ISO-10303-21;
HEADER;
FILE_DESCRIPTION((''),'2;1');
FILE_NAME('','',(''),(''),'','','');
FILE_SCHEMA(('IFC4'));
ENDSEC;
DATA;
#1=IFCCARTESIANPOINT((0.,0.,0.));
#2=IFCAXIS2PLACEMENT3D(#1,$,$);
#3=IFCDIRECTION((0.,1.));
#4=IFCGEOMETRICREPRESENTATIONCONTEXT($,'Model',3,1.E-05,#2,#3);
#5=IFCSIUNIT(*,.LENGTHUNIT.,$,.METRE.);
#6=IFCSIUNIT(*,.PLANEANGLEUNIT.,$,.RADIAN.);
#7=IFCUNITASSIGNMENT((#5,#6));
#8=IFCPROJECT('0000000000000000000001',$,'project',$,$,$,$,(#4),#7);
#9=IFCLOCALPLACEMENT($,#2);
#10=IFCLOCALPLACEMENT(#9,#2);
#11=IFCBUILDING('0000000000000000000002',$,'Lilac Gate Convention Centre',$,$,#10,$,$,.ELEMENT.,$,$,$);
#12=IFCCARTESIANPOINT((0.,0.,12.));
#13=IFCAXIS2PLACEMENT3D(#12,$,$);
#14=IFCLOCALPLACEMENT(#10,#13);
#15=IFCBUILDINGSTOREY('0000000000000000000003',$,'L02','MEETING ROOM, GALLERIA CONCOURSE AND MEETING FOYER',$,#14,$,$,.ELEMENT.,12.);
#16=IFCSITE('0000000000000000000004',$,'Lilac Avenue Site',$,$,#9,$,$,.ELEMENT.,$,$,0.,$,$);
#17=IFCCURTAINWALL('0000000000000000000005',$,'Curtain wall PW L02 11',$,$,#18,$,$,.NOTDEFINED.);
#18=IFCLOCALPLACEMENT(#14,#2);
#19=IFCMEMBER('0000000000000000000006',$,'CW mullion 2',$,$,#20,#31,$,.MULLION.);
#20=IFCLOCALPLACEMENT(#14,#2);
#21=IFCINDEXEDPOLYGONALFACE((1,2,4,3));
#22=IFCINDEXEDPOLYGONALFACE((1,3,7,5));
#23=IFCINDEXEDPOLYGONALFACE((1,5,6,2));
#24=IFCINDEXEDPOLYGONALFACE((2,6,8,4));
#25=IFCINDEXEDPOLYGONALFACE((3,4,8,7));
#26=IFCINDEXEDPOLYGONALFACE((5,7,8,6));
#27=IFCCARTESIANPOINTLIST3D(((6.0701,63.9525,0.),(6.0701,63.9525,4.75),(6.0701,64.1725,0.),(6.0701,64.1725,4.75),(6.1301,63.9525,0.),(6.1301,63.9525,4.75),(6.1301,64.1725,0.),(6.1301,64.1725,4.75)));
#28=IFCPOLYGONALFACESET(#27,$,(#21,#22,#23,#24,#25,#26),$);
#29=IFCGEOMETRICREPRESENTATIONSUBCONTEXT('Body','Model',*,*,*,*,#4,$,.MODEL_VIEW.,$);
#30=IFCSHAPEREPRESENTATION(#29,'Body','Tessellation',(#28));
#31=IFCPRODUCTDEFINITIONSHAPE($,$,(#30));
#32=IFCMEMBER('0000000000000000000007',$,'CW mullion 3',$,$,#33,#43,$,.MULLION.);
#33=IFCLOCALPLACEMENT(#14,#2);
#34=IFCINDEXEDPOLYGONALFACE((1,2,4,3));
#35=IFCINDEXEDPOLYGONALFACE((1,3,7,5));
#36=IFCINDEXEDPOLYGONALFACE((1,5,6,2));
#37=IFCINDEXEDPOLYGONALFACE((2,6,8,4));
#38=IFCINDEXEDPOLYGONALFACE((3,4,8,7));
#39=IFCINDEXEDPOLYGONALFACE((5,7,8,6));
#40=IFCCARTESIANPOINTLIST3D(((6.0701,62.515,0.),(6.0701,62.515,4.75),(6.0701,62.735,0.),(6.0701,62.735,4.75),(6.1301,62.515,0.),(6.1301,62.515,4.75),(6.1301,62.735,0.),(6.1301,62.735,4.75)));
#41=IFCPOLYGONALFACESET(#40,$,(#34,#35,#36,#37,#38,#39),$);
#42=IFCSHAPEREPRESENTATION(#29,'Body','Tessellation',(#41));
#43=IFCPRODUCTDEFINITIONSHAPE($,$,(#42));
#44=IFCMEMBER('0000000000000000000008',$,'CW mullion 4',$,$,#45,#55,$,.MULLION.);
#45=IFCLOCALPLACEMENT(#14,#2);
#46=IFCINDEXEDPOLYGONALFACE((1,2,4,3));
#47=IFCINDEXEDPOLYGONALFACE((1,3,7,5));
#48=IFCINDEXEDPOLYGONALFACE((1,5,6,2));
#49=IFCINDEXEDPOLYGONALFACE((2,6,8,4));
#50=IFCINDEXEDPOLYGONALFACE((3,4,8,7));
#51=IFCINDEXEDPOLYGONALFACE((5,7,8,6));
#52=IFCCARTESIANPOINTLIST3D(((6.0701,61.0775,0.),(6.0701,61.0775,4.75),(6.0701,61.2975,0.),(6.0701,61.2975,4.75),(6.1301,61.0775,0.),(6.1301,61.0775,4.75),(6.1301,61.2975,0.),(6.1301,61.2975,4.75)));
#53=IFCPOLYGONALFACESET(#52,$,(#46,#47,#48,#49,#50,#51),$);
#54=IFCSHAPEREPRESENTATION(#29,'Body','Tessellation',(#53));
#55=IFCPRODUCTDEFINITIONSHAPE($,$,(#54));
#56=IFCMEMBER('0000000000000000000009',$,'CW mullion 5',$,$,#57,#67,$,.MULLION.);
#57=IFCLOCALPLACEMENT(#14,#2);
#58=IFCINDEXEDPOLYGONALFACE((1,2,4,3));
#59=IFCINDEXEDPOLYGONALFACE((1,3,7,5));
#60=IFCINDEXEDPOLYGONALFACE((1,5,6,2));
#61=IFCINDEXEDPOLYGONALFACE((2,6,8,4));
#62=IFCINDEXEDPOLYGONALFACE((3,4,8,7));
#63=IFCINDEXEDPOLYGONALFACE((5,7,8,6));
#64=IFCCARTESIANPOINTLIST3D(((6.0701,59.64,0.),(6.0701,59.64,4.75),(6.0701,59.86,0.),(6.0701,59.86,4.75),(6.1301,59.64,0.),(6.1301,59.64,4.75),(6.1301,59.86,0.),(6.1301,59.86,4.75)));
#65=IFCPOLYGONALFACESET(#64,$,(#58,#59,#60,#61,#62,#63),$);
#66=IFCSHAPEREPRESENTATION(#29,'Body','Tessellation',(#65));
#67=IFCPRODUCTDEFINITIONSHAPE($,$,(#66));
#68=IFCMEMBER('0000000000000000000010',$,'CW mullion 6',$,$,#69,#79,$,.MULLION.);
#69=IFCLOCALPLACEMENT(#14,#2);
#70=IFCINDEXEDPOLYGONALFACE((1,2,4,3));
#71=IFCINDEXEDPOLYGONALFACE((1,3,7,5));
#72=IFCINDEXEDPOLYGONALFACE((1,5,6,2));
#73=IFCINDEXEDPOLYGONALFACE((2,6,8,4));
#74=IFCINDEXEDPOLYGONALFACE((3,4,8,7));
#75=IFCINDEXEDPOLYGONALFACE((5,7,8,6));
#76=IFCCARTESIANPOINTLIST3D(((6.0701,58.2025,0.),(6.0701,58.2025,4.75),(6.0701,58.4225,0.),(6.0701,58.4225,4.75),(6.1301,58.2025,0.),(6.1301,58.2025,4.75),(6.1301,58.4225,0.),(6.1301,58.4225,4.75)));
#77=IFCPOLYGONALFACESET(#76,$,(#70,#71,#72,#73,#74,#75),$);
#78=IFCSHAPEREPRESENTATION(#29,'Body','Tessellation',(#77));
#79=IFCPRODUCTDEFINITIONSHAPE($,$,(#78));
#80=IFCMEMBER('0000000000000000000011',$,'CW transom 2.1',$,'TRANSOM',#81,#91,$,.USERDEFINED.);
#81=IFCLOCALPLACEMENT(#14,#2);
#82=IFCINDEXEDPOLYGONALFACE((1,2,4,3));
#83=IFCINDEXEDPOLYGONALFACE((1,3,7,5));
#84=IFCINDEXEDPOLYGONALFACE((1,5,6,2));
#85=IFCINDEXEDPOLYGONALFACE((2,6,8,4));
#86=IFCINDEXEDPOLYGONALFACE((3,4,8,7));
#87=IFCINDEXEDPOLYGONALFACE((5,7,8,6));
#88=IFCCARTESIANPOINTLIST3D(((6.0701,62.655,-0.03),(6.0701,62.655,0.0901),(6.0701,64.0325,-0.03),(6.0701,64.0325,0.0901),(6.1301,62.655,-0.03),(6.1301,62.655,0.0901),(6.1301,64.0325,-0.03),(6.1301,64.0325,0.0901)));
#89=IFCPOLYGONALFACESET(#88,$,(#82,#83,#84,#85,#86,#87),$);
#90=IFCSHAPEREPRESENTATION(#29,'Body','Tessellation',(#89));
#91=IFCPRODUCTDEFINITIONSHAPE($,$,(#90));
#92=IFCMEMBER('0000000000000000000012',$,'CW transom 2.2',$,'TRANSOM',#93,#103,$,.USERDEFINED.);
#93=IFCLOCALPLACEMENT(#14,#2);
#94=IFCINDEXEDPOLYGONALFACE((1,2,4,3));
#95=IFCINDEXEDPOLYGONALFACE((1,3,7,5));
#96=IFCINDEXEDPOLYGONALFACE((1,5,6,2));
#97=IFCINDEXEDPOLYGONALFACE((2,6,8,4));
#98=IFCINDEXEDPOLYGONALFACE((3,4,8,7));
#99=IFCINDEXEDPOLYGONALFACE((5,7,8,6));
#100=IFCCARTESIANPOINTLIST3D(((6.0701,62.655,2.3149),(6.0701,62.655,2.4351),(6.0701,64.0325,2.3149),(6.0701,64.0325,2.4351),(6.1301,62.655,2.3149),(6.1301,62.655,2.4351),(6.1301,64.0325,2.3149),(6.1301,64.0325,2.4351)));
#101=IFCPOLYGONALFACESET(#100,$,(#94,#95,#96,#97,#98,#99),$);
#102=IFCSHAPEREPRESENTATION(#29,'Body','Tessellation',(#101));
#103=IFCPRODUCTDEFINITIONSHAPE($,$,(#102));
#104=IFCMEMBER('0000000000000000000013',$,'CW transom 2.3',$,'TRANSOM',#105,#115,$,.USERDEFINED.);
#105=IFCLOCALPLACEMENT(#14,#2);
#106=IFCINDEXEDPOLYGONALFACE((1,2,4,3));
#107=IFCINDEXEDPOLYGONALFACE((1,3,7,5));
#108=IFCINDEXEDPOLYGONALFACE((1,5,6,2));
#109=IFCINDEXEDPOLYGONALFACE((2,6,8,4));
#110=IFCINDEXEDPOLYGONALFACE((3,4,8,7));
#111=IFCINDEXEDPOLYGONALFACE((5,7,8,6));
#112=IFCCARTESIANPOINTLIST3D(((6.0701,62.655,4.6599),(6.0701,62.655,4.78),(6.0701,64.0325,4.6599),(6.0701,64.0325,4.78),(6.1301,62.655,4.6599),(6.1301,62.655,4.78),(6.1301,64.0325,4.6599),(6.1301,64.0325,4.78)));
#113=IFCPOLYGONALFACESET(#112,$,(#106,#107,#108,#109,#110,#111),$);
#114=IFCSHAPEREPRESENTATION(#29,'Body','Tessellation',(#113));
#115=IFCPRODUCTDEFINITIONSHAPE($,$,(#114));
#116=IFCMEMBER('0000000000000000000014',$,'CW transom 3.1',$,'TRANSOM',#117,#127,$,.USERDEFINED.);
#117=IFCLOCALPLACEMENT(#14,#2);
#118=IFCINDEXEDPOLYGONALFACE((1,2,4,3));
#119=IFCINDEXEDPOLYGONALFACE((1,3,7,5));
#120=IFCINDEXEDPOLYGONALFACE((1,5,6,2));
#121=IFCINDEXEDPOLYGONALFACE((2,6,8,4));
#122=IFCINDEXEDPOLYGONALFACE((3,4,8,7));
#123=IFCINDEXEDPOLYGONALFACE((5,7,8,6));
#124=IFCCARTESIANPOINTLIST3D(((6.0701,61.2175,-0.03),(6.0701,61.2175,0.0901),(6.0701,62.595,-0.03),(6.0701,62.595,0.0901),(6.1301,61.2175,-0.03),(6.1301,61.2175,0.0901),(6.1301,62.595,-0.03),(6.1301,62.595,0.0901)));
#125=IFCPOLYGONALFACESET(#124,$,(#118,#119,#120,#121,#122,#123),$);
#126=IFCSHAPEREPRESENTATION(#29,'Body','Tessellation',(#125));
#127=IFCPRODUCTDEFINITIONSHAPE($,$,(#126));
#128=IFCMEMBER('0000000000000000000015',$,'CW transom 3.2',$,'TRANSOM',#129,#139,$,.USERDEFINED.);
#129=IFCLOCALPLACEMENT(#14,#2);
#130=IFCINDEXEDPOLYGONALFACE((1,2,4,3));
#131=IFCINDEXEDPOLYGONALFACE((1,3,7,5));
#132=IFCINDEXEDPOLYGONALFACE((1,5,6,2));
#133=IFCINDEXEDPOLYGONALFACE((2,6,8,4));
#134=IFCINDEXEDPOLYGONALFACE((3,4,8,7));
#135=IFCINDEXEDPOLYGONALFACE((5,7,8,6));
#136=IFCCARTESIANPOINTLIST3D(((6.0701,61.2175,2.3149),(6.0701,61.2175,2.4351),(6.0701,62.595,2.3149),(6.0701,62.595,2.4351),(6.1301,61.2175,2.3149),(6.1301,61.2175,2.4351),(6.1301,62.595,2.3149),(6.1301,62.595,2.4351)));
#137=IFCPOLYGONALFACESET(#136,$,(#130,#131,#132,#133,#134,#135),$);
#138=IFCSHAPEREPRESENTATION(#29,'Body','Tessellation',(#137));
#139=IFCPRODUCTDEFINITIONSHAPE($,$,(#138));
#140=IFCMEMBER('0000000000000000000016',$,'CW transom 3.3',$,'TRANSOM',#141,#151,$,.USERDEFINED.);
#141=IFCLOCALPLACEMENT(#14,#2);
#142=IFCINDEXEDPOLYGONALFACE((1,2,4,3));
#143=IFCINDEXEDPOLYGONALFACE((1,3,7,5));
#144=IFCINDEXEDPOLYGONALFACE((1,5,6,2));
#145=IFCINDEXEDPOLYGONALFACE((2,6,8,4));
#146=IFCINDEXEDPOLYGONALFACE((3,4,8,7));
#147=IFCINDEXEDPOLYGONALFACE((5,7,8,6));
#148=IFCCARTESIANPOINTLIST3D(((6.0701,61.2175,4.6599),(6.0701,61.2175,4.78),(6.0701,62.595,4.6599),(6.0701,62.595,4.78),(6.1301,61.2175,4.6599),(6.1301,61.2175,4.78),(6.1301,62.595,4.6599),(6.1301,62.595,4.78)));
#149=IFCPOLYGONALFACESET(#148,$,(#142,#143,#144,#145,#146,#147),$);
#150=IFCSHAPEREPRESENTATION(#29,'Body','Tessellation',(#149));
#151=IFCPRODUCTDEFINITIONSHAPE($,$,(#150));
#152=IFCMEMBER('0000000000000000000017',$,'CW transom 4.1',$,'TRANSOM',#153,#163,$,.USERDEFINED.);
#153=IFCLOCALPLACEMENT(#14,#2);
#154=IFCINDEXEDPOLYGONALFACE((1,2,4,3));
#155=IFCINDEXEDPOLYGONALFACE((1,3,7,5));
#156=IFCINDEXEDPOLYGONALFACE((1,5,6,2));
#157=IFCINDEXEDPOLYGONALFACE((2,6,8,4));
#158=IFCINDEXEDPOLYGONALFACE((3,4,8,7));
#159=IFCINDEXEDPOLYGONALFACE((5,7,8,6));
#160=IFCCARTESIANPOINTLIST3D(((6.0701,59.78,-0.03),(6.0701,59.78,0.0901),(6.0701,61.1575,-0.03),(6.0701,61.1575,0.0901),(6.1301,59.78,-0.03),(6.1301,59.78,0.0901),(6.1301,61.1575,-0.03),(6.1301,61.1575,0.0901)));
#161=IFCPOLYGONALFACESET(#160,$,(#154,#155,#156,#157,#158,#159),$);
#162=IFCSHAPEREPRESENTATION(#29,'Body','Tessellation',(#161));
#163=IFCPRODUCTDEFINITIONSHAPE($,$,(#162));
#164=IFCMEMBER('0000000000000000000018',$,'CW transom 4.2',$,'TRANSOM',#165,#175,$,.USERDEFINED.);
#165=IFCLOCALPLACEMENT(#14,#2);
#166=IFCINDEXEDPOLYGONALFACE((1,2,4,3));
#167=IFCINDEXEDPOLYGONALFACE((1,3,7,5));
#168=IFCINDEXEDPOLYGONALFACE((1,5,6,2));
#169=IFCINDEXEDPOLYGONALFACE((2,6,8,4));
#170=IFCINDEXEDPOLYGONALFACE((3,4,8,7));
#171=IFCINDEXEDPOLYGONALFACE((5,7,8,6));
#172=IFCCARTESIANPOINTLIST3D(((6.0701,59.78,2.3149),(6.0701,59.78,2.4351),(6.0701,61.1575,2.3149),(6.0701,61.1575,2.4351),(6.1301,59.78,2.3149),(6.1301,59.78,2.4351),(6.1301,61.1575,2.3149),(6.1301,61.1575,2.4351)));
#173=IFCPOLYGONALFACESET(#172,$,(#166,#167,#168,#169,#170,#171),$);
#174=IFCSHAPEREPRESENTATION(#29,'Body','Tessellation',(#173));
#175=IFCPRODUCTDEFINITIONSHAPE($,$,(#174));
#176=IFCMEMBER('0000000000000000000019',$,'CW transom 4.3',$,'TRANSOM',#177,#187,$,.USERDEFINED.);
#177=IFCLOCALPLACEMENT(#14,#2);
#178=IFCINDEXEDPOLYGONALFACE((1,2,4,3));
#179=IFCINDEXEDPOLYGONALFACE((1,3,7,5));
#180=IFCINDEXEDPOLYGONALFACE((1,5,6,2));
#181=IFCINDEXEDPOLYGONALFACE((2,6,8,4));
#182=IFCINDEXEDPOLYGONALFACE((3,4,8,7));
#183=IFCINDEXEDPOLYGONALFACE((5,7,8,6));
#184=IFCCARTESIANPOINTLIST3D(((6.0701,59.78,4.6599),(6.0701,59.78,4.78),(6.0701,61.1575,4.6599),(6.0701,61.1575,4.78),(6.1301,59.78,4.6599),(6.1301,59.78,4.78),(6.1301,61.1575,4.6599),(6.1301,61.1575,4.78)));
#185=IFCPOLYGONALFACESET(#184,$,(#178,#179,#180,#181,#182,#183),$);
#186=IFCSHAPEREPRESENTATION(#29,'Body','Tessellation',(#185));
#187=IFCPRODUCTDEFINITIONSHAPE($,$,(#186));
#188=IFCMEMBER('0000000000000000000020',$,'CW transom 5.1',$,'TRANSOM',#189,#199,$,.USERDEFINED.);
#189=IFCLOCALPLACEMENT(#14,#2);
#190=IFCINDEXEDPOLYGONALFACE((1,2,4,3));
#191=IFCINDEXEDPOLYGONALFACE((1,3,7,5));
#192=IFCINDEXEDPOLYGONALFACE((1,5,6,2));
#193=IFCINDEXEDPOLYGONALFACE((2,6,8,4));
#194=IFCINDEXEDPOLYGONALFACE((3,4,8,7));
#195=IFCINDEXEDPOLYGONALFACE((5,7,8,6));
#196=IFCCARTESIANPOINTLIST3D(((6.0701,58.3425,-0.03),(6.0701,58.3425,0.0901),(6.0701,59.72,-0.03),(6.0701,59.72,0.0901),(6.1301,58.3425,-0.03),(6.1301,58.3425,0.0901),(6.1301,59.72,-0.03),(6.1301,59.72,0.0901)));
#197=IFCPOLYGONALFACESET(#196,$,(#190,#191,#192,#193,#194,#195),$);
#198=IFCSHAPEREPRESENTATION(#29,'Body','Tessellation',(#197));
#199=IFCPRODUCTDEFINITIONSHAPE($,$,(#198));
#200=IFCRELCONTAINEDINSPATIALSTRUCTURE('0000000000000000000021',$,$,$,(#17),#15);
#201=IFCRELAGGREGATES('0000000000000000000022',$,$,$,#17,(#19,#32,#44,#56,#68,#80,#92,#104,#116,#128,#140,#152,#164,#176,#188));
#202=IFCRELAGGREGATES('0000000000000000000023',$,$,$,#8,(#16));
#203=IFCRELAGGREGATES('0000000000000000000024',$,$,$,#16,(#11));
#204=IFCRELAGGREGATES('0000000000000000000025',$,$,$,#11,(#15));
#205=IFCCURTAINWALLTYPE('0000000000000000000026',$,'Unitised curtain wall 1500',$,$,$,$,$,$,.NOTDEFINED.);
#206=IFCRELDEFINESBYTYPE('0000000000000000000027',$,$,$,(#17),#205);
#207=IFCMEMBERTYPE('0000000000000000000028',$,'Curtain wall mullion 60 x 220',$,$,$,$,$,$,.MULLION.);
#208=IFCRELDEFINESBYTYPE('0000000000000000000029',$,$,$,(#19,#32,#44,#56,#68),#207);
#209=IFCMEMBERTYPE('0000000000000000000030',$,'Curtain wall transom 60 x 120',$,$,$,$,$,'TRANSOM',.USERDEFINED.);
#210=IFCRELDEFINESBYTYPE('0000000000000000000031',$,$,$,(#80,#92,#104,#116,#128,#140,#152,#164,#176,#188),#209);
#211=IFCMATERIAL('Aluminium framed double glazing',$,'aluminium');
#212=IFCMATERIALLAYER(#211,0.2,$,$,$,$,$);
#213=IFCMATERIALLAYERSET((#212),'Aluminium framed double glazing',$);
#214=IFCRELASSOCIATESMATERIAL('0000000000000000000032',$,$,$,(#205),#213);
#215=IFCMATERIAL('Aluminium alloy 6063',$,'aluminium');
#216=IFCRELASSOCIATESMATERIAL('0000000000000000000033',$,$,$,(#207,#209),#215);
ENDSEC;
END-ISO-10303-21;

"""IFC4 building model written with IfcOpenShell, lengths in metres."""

from ifc_helpers import new_model, si_unit, direction, frame, origin, origin_2d, place, context, subcontext, project, spatial, rectangle, extrude, material, layer, layer_set, material_profile, profile_set, type_object, element, aggregate, save


model = new_model("IFC4")

# Units and contexts
model_context = context("Model", 3, precision=1e-05, world=origin(), true_north=direction((0.0, 1.0)))
body_context = subcontext(model_context, "Body", "Model", "MODEL_VIEW")
ifc_project = project(units=[si_unit("LENGTHUNIT", "METRE"), si_unit("PLANEANGLEUNIT", "RADIAN")], contexts=[model_context])

# Site, building, storey
site_placement = place(None, origin())
site = spatial("IfcSite", under=ifc_project, at=site_placement, Name="Lilac Avenue Site", CompositionType="ELEMENT", RefElevation=0.0)
building_placement = place(site_placement, origin())
building = spatial("IfcBuilding", under=site, at=building_placement, Name="Lilac Gate Convention Centre", CompositionType="ELEMENT")
storey_placement = place(building_placement, frame((0.0, 0.0, 12.0)))
storey = spatial("IfcBuildingStorey", under=building, at=storey_placement, Name="L02", Description="MEETING ROOM, GALLERIA CONCOURSE AND MEETING FOYER", CompositionType="ELEMENT", Elevation=12.0)

# Curtain wall, members
ifc_material_1 = material(Name="Aluminium framed double glazing", Category="aluminium")
ifc_layer_1 = layer(ifc_material_1, 0.2)
ifc_layer_set_1 = layer_set([ifc_layer_1], Name="Aluminium framed double glazing")
curtain_wall_type = type_object("IfcCurtainWallType", Name="Unitised curtain wall 1500", PredefinedType="NOTDEFINED", material=ifc_layer_set_1)
curtain_wall_placement = place(storey_placement, origin())
curtain_wall = element("IfcCurtainWall", 1, at=curtain_wall_placement, inside=storey, type_object=curtain_wall_type, Name="Curtain wall PW L02 11", PredefinedType="NOTDEFINED")
ifc_material_2 = material(Name="Aluminium alloy 6063", Category="aluminium")
ifc_material_profile_1 = material_profile(ifc_material_2, rectangle(XDim=0.0601, YDim=0.22, at=origin_2d()), Name="Curtain wall mullion 60 x 220")
ifc_profile_set_1 = profile_set([ifc_material_profile_1], Name="Aluminium alloy 6063")
member_type_1 = type_object("IfcMemberType", Name="Curtain wall mullion 60 x 220", PredefinedType="MULLION", material=ifc_profile_set_1)
member_1_placement = place(storey_placement, frame((6.1001, 64.0625, 0.0), z_axis=(0.0, 0.0, 1.0), x_axis=(1.0, 0.0, 0.0)))
member_1 = element("IfcMember", 2, at=member_1_placement, type_object=member_type_1, Name="CW mullion 2", PredefinedType="MULLION", context=body_context, shape_type="SweptSolid", body=[
    extrude(rectangle(XDim=0.0601, YDim=0.22, at=origin_2d()), origin(), (0.0, 0.0, 1.0), 4.75),
])
member_2_placement = place(storey_placement, frame((6.1001, 62.625, 0.0), z_axis=(0.0, 0.0, 1.0), x_axis=(1.0, 0.0, 0.0)))
member_2 = element("IfcMember", 3, at=member_2_placement, type_object=member_type_1, Name="CW mullion 3", PredefinedType="MULLION", context=body_context, shape_type="SweptSolid", body=[
    extrude(rectangle(XDim=0.0601, YDim=0.22, at=origin_2d()), origin(), (0.0, 0.0, 1.0), 4.75),
])
member_3_placement = place(storey_placement, frame((6.1001, 61.1875, 0.0), z_axis=(0.0, 0.0, 1.0), x_axis=(1.0, 0.0, 0.0)))
member_3 = element("IfcMember", 4, at=member_3_placement, type_object=member_type_1, Name="CW mullion 4", PredefinedType="MULLION", context=body_context, shape_type="SweptSolid", body=[
    extrude(rectangle(XDim=0.0601, YDim=0.22, at=origin_2d()), origin(), (0.0, 0.0, 1.0), 4.75),
])
member_4_placement = place(storey_placement, frame((6.1001, 59.75, 0.0), z_axis=(0.0, 0.0, 1.0), x_axis=(1.0, 0.0, 0.0)))
member_4 = element("IfcMember", 5, at=member_4_placement, type_object=member_type_1, Name="CW mullion 5", PredefinedType="MULLION", context=body_context, shape_type="SweptSolid", body=[
    extrude(rectangle(XDim=0.0601, YDim=0.22, at=origin_2d()), origin(), (0.0, 0.0, 1.0), 4.75),
])
member_5_placement = place(storey_placement, frame((6.1001, 58.3125, 0.0), z_axis=(0.0, 0.0, 1.0), x_axis=(1.0, 0.0, 0.0)))
member_5 = element("IfcMember", 6, at=member_5_placement, type_object=member_type_1, Name="CW mullion 6", PredefinedType="MULLION", context=body_context, shape_type="SweptSolid", body=[
    extrude(rectangle(XDim=0.0601, YDim=0.22, at=origin_2d()), origin(), (0.0, 0.0, 1.0), 4.75),
])
ifc_material_profile_2 = material_profile(ifc_material_2, rectangle(XDim=0.0601, YDim=0.1201, at=origin_2d()), Name="Curtain wall transom 60 x 120")
ifc_profile_set_2 = profile_set([ifc_material_profile_2], Name="Aluminium alloy 6063")
member_type_2 = type_object("IfcMemberType", Name="Curtain wall transom 60 x 120", ElementType="TRANSOM", PredefinedType="USERDEFINED", material=ifc_profile_set_2)
member_6_placement = place(storey_placement, frame((6.1001, 64.0325, 0.03), z_axis=(0.0, -1.0, 0.0), x_axis=(1.0, 0.0, 0.0)))
member_6 = element("IfcMember", 7, at=member_6_placement, type_object=member_type_2, Name="CW transom 2.1", ObjectType="TRANSOM", PredefinedType="USERDEFINED", context=body_context, shape_type="SweptSolid", body=[
    extrude(rectangle(XDim=0.0601, YDim=0.1201, at=origin_2d()), origin(), (0.0, 0.0, 1.0), 1.3774),
])
member_7_placement = place(storey_placement, frame((6.1001, 64.0325, 2.375), z_axis=(0.0, -1.0, 0.0), x_axis=(1.0, 0.0, 0.0)))
member_7 = element("IfcMember", 8, at=member_7_placement, type_object=member_type_2, Name="CW transom 2.2", ObjectType="TRANSOM", PredefinedType="USERDEFINED", context=body_context, shape_type="SweptSolid", body=[
    extrude(rectangle(XDim=0.0601, YDim=0.1201, at=origin_2d()), origin(), (0.0, 0.0, 1.0), 1.3774),
])
member_8_placement = place(storey_placement, frame((6.1001, 64.0325, 4.72), z_axis=(0.0, -1.0, 0.0), x_axis=(1.0, 0.0, 0.0)))
member_8 = element("IfcMember", 9, at=member_8_placement, type_object=member_type_2, Name="CW transom 2.3", ObjectType="TRANSOM", PredefinedType="USERDEFINED", context=body_context, shape_type="SweptSolid", body=[
    extrude(rectangle(XDim=0.0601, YDim=0.1201, at=origin_2d()), origin(), (0.0, 0.0, 1.0), 1.3774),
])
member_9_placement = place(storey_placement, frame((6.1001, 62.595, 0.03), z_axis=(0.0, -1.0, 0.0), x_axis=(1.0, 0.0, 0.0)))
member_9 = element("IfcMember", 10, at=member_9_placement, type_object=member_type_2, Name="CW transom 3.1", ObjectType="TRANSOM", PredefinedType="USERDEFINED", context=body_context, shape_type="SweptSolid", body=[
    extrude(rectangle(XDim=0.0601, YDim=0.1201, at=origin_2d()), origin(), (0.0, 0.0, 1.0), 1.3774),
])
member_10_placement = place(storey_placement, frame((6.1001, 62.595, 2.375), z_axis=(0.0, -1.0, 0.0), x_axis=(1.0, 0.0, 0.0)))
member_10 = element("IfcMember", 11, at=member_10_placement, type_object=member_type_2, Name="CW transom 3.2", ObjectType="TRANSOM", PredefinedType="USERDEFINED", context=body_context, shape_type="SweptSolid", body=[
    extrude(rectangle(XDim=0.0601, YDim=0.1201, at=origin_2d()), origin(), (0.0, 0.0, 1.0), 1.3774),
])
member_11_placement = place(storey_placement, frame((6.1001, 62.595, 4.72), z_axis=(0.0, -1.0, 0.0), x_axis=(1.0, 0.0, 0.0)))
member_11 = element("IfcMember", 12, at=member_11_placement, type_object=member_type_2, Name="CW transom 3.3", ObjectType="TRANSOM", PredefinedType="USERDEFINED", context=body_context, shape_type="SweptSolid", body=[
    extrude(rectangle(XDim=0.0601, YDim=0.1201, at=origin_2d()), origin(), (0.0, 0.0, 1.0), 1.3774),
])
member_12_placement = place(storey_placement, frame((6.1001, 61.1575, 0.03), z_axis=(0.0, -1.0, 0.0), x_axis=(1.0, 0.0, 0.0)))
member_12 = element("IfcMember", 13, at=member_12_placement, type_object=member_type_2, Name="CW transom 4.1", ObjectType="TRANSOM", PredefinedType="USERDEFINED", context=body_context, shape_type="SweptSolid", body=[
    extrude(rectangle(XDim=0.0601, YDim=0.1201, at=origin_2d()), origin(), (0.0, 0.0, 1.0), 1.3774),
])
member_13_placement = place(storey_placement, frame((6.1001, 61.1575, 2.375), z_axis=(0.0, -1.0, 0.0), x_axis=(1.0, 0.0, 0.0)))
member_13 = element("IfcMember", 14, at=member_13_placement, type_object=member_type_2, Name="CW transom 4.2", ObjectType="TRANSOM", PredefinedType="USERDEFINED", context=body_context, shape_type="SweptSolid", body=[
    extrude(rectangle(XDim=0.0601, YDim=0.1201, at=origin_2d()), origin(), (0.0, 0.0, 1.0), 1.3774),
])
member_14_placement = place(storey_placement, frame((6.1001, 61.1575, 4.72), z_axis=(0.0, -1.0, 0.0), x_axis=(1.0, 0.0, 0.0)))
member_14 = element("IfcMember", 15, at=member_14_placement, type_object=member_type_2, Name="CW transom 4.3", ObjectType="TRANSOM", PredefinedType="USERDEFINED", context=body_context, shape_type="SweptSolid", body=[
    extrude(rectangle(XDim=0.0601, YDim=0.1201, at=origin_2d()), origin(), (0.0, 0.0, 1.0), 1.3774),
])
member_15_placement = place(storey_placement, frame((6.1001, 59.72, 0.03), z_axis=(0.0, -1.0, 0.0), x_axis=(1.0, 0.0, 0.0)))
member_15 = element("IfcMember", 16, at=member_15_placement, type_object=member_type_2, Name="CW transom 5.1", ObjectType="TRANSOM", PredefinedType="USERDEFINED", context=body_context, shape_type="SweptSolid", body=[
    extrude(rectangle(XDim=0.0601, YDim=0.1201, at=origin_2d()), origin(), (0.0, 0.0, 1.0), 1.3774),
])

aggregate(curtain_wall, [member_1, member_2, member_3, member_4, member_5, member_6, member_7, member_8, member_9, member_10, member_11, member_12, member_13, member_14, member_15])

save(model, "model.ifc")
